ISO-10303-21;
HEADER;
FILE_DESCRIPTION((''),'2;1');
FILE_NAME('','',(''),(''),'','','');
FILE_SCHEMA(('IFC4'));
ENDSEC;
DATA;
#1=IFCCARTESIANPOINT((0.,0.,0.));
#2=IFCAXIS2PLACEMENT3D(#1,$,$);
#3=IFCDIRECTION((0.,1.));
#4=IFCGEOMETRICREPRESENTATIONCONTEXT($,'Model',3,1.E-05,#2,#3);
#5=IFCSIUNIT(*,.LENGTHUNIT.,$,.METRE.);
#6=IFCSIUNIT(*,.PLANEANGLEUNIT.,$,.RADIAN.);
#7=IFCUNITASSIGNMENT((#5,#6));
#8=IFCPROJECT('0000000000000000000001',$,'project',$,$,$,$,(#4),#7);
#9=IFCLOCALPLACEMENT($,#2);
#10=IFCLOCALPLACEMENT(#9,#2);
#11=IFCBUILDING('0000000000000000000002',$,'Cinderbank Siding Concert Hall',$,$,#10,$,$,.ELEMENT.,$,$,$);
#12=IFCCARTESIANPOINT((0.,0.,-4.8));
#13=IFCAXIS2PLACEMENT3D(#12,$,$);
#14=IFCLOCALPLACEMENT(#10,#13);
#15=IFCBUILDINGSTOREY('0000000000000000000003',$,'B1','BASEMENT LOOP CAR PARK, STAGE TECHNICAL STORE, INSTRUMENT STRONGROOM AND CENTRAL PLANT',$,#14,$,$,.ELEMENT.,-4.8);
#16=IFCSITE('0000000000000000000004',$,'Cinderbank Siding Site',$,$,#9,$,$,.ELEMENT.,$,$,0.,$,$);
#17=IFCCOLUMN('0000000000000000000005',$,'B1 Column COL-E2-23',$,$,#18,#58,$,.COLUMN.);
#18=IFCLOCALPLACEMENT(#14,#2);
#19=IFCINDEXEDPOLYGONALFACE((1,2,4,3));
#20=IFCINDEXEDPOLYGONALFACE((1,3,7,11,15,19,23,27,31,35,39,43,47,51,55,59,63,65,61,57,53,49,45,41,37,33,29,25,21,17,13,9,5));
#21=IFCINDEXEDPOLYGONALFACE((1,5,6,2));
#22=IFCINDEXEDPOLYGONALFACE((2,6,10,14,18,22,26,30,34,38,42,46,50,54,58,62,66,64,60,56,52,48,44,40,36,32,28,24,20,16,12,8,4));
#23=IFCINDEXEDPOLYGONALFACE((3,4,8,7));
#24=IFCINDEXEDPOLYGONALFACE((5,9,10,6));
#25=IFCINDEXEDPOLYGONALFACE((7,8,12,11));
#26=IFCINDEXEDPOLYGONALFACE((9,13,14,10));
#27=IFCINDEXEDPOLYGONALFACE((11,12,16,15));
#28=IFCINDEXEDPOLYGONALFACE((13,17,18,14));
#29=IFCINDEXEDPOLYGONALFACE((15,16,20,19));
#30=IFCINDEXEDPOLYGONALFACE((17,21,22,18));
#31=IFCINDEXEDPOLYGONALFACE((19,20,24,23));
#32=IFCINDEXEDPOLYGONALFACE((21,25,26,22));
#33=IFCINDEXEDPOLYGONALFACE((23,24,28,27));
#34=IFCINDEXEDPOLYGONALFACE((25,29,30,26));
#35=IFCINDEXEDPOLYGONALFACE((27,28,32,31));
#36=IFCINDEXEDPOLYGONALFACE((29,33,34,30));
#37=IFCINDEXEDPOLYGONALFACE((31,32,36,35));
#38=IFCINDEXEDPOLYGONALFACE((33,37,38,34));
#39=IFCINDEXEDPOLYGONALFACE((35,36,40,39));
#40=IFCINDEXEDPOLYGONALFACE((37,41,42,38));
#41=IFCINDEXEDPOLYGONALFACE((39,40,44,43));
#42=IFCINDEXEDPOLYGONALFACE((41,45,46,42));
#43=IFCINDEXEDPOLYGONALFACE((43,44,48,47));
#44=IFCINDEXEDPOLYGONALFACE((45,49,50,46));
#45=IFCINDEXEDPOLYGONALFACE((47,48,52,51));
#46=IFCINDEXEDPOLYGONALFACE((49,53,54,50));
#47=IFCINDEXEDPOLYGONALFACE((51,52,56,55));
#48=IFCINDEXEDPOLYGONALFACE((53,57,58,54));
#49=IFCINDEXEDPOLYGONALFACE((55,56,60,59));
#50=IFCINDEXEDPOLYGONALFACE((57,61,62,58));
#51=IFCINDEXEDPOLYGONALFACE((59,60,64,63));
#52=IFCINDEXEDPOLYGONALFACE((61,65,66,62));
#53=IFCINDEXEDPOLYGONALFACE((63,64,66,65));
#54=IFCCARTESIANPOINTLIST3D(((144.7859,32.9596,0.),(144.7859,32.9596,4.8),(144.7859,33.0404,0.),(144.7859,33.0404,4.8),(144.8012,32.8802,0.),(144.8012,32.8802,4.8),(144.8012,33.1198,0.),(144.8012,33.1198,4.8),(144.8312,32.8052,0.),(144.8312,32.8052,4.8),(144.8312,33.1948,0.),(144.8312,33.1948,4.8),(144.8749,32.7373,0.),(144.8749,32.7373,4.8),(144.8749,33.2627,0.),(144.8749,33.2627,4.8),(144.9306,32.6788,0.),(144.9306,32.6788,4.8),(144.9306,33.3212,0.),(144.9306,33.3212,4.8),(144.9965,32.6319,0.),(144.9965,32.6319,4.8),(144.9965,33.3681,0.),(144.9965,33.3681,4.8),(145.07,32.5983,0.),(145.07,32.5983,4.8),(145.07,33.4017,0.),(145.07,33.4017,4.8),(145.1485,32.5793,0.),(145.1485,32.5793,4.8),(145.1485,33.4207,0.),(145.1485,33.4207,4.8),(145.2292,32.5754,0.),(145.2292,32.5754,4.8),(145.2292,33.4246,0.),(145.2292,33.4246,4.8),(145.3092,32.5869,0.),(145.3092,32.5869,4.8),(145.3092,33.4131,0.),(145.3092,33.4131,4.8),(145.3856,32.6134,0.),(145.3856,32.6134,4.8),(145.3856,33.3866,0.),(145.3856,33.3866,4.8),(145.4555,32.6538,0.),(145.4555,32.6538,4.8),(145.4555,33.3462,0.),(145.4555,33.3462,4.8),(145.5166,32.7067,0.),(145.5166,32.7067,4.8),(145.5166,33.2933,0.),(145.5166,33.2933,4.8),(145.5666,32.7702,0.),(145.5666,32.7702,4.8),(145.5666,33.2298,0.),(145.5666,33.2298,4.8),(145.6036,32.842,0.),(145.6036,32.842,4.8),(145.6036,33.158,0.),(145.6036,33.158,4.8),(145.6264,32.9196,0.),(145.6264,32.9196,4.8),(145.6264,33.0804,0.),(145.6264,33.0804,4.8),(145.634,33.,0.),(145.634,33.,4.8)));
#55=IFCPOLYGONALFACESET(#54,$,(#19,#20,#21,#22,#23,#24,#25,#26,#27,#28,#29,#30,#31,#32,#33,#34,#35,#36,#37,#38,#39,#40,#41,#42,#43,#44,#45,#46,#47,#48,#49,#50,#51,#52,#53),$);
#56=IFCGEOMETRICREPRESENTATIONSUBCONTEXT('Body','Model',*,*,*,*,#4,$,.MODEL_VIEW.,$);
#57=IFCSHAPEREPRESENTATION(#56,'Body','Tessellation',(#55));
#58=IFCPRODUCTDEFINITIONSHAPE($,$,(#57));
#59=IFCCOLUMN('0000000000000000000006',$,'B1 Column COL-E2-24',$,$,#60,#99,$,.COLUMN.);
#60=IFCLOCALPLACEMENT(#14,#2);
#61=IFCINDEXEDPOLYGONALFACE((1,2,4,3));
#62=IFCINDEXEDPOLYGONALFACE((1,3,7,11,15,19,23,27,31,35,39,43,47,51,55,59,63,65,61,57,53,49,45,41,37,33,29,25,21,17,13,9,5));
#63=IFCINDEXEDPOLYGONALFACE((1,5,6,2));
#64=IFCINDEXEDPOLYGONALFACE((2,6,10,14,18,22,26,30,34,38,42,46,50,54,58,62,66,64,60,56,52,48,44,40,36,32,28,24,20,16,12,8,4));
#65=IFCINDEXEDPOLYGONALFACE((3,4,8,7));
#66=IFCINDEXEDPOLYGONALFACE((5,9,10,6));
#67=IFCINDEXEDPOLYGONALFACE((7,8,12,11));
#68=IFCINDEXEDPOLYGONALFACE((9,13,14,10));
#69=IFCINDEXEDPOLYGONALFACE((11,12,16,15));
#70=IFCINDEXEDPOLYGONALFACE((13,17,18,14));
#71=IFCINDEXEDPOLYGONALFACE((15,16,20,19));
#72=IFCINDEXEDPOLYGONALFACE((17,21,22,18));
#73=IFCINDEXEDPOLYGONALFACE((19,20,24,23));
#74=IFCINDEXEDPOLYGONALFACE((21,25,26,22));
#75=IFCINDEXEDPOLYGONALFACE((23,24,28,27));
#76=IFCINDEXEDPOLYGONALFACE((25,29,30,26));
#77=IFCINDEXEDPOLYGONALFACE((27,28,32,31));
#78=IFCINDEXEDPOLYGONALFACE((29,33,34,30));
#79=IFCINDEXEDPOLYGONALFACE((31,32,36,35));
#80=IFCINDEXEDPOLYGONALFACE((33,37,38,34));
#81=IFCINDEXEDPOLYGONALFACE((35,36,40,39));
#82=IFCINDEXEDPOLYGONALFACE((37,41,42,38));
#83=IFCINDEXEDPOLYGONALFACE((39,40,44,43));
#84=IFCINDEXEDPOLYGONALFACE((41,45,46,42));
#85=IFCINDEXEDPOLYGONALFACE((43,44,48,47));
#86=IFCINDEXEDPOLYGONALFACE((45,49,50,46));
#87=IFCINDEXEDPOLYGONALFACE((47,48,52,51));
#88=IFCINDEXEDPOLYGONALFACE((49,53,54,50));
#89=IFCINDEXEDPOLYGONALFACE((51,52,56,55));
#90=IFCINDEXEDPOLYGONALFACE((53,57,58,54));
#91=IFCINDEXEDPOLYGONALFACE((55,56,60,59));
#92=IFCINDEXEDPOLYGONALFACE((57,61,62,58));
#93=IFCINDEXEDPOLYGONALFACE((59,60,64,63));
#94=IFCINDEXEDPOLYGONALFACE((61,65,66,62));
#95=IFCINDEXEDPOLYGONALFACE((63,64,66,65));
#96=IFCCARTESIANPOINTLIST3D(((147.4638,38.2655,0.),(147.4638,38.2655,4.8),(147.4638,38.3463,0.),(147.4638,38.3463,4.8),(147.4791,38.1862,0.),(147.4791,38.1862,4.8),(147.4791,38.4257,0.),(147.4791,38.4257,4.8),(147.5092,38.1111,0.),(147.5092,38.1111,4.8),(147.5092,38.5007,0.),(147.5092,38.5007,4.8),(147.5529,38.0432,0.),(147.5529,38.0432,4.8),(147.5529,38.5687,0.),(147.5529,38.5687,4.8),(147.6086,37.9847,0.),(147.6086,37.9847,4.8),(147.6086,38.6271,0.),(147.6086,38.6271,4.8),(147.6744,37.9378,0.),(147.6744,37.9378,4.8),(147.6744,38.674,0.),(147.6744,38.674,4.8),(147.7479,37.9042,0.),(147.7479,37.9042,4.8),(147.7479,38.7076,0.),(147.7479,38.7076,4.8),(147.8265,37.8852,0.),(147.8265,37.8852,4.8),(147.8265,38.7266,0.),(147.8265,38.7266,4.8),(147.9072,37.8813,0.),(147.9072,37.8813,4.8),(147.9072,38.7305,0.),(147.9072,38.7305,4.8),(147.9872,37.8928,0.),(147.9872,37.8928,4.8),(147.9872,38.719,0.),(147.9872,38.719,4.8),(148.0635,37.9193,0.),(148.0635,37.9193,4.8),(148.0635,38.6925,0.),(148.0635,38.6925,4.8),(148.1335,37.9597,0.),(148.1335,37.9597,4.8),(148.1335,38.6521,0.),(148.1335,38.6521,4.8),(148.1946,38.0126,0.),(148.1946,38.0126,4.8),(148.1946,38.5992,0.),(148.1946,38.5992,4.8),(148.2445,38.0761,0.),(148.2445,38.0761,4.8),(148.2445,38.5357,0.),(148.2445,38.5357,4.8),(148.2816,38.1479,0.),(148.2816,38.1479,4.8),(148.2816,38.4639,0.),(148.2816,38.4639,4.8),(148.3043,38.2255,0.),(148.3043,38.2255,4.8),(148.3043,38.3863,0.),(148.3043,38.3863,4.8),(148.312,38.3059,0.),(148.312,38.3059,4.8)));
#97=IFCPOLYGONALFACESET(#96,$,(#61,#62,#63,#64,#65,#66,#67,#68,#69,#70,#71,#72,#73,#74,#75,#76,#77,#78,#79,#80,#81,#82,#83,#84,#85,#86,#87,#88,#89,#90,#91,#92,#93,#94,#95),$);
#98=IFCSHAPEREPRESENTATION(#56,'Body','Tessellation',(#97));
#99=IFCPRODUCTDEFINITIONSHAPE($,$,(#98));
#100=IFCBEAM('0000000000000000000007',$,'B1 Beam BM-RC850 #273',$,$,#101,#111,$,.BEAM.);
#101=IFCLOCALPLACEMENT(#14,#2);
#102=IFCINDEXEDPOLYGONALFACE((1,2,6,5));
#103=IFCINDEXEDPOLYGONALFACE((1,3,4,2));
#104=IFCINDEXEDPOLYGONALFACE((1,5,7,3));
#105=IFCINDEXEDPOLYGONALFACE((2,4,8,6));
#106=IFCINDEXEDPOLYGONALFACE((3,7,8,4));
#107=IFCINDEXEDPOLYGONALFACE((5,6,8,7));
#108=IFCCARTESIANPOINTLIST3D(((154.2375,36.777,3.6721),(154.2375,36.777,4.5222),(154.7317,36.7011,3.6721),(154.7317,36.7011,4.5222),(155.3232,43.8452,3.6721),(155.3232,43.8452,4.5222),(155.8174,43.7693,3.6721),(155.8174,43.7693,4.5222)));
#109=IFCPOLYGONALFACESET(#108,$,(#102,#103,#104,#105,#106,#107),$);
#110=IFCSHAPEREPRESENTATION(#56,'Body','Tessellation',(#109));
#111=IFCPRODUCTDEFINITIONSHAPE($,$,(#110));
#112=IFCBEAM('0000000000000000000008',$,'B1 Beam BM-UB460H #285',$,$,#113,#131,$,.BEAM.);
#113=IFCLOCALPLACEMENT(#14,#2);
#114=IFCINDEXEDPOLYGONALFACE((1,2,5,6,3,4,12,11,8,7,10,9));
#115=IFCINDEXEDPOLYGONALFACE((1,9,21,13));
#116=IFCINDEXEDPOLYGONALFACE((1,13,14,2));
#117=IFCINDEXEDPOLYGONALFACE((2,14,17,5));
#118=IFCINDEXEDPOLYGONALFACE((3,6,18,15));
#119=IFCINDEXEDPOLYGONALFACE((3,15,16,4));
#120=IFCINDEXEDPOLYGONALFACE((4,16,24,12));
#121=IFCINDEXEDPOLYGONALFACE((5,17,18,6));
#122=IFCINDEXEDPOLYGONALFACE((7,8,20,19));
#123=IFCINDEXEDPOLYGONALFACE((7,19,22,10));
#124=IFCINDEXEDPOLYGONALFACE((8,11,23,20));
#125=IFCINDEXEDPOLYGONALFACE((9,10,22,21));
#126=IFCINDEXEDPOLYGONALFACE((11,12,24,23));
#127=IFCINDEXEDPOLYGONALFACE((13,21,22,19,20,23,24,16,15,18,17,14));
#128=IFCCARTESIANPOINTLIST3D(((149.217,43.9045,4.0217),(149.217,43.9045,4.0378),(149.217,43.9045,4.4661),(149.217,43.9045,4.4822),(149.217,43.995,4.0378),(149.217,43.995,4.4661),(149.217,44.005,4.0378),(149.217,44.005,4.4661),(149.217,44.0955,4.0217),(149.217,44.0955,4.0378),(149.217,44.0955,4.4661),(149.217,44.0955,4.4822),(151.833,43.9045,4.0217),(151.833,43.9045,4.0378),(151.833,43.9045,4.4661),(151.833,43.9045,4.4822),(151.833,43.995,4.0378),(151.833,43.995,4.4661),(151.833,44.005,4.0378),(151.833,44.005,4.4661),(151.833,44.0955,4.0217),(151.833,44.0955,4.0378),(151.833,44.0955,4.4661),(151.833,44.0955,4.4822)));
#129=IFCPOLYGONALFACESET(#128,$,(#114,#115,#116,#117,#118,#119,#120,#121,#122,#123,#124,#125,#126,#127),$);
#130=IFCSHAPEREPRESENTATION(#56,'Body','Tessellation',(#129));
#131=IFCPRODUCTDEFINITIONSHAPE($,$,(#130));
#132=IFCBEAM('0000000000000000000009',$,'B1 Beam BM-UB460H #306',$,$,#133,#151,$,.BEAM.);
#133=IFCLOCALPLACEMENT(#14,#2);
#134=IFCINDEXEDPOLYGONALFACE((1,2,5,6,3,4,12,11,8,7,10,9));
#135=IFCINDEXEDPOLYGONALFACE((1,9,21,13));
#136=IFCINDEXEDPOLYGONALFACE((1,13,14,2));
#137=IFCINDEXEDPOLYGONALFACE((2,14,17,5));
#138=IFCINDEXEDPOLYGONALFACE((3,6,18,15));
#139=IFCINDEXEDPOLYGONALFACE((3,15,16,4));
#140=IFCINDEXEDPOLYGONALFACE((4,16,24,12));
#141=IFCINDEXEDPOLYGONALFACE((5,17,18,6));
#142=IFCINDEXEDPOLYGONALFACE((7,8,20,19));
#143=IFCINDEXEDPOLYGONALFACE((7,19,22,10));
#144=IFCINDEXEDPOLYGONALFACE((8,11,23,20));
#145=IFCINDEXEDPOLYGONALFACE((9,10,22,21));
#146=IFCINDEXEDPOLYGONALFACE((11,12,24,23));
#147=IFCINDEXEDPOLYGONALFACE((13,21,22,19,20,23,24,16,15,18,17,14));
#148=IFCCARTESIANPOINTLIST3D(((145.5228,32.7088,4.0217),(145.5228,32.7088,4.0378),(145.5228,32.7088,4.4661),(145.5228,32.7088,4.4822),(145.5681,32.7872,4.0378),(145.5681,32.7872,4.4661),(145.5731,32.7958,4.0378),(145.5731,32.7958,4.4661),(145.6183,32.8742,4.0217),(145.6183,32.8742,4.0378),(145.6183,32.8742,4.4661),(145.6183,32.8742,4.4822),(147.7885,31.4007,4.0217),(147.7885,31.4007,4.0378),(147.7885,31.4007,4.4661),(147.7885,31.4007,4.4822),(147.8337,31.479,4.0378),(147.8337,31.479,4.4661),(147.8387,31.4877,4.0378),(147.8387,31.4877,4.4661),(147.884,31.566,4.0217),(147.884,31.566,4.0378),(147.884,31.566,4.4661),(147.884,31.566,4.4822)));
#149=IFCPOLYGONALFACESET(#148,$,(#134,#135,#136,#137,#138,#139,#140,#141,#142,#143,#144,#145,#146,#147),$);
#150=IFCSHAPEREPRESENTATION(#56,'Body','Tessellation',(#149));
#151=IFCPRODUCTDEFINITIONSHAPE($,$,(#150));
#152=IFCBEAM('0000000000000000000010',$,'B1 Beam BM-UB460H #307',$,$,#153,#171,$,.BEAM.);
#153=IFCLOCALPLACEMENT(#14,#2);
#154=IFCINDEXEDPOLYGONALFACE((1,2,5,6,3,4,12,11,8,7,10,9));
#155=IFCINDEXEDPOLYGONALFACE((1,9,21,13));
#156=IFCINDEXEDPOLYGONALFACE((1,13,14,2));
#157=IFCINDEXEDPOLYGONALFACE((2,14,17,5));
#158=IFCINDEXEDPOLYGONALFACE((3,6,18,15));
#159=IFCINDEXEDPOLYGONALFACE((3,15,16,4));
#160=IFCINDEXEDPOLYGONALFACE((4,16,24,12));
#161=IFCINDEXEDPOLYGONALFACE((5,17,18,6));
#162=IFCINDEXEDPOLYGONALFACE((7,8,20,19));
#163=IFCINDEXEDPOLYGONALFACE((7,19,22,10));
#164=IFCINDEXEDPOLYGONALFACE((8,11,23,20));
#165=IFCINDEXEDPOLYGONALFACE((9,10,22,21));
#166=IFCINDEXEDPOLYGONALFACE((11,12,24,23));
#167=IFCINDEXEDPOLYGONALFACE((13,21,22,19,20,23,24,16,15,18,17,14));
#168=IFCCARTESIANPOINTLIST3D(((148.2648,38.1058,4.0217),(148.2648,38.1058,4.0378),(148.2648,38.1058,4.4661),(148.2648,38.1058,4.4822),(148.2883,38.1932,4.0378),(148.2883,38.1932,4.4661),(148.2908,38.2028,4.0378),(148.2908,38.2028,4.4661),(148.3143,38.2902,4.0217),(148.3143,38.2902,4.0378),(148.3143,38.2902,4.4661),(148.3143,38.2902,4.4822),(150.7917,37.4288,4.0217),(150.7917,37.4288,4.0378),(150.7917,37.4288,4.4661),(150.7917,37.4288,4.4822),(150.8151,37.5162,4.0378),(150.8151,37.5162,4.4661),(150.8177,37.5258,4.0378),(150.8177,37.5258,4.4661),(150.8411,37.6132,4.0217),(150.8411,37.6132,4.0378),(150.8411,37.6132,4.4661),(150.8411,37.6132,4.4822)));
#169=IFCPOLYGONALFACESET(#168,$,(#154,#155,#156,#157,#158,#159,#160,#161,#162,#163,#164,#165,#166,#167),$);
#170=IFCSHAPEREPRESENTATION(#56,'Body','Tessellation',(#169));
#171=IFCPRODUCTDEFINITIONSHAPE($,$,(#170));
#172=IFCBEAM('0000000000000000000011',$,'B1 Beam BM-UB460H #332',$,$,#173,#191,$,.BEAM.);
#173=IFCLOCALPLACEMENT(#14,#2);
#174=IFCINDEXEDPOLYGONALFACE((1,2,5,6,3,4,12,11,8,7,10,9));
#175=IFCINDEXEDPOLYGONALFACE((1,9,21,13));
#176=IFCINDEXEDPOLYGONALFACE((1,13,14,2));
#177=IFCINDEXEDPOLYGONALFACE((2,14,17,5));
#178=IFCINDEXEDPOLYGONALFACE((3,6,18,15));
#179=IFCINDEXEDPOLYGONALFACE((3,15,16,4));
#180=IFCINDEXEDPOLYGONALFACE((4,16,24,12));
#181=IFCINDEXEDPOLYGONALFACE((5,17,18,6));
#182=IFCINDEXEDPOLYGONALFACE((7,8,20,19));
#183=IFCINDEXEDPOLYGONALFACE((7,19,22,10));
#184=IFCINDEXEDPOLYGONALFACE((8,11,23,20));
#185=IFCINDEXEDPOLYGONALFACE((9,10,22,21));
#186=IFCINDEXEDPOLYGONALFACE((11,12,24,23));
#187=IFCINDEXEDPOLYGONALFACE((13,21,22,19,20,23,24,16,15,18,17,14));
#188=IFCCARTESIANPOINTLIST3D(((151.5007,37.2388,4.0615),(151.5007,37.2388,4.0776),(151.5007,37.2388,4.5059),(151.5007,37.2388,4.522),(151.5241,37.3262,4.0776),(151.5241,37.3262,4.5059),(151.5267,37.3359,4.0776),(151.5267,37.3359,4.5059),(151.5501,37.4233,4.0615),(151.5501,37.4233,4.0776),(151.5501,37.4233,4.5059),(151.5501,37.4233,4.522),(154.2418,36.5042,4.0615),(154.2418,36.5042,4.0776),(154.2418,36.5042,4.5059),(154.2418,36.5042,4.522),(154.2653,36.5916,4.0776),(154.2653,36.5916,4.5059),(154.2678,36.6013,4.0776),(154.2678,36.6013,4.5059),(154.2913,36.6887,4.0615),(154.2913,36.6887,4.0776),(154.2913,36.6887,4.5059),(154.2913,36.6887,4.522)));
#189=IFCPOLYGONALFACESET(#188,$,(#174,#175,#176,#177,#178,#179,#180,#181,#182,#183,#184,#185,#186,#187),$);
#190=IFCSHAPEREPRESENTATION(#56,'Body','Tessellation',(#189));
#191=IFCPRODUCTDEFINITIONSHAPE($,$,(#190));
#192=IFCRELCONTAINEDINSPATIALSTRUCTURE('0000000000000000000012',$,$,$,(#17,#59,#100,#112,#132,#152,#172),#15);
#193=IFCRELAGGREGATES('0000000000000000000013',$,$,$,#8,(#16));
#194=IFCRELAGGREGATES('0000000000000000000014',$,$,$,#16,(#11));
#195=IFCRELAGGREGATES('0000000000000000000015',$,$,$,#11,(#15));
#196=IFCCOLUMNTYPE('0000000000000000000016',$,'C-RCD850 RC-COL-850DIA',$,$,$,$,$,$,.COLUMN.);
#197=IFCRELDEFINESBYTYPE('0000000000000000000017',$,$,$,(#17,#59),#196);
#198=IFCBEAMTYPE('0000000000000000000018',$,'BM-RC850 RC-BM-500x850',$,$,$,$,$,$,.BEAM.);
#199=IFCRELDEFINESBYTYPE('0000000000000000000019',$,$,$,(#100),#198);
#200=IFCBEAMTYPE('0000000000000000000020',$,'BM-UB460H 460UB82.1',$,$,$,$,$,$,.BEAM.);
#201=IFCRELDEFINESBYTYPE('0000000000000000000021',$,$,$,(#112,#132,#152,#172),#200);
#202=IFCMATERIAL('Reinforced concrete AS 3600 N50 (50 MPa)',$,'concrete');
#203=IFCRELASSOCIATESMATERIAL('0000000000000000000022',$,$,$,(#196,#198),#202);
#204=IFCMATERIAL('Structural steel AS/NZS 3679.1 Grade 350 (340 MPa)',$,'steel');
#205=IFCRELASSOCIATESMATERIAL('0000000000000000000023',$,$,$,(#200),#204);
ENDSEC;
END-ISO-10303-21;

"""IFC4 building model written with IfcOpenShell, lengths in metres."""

from ifc_helpers import new_model, si_unit, direction, frame, origin, origin_2d, place, context, subcontext, project, spatial, rectangle, circle, i_section, extrude, material, material_profile, profile_set, type_object, element, save


model = new_model("IFC4")

# Units and contexts
model_context = context("Model", 3, precision=1e-05, world=origin(), true_north=direction((0.0, 1.0)))
body_context = subcontext(model_context, "Body", "Model", "MODEL_VIEW")
ifc_project = project(units=[si_unit("LENGTHUNIT", "METRE"), si_unit("PLANEANGLEUNIT", "RADIAN")], contexts=[model_context])

# Site, building, storey
site_placement = place(None, origin())
site = spatial("IfcSite", under=ifc_project, at=site_placement, Name="Cinderbank Siding Site", CompositionType="ELEMENT", RefElevation=0.0)
building_placement = place(site_placement, origin())
building = spatial("IfcBuilding", under=site, at=building_placement, Name="Cinderbank Siding Concert Hall", CompositionType="ELEMENT")
storey_placement = place(building_placement, frame((0.0, 0.0, -4.8)))
storey = spatial("IfcBuildingStorey", under=building, at=storey_placement, Name="B1", Description="BASEMENT LOOP CAR PARK, STAGE TECHNICAL STORE, INSTRUMENT STRONGROOM AND CENTRAL PLANT", CompositionType="ELEMENT", Elevation=-4.8)

# Columns
ifc_material_1 = material(Name="Reinforced concrete AS 3600 N50 (50 MPa)", Category="concrete")
ifc_material_profile_1 = material_profile(ifc_material_1, circle(Radius=0.425, at=origin_2d()), Name="RC-COL-850DIA", Category="LoadBearing")
ifc_profile_set_1 = profile_set([ifc_material_profile_1], Name="Reinforced concrete AS 3600 N50 (50 MPa)")
column_type_1 = type_object("IfcColumnType", Name="C-RCD850 RC-COL-850DIA", PredefinedType="COLUMN", material=ifc_profile_set_1)
for number, where, z_axis, x_axis, name in (
    (1, (145.209, 33.0, 0.0), (0.0, 0.0, 1.0), (1.0, 0.0, 0.0), "B1 Column COL-E2-23"),
    (2, (147.887, 38.3059, 0.0), (0.0, 0.0, 1.0), (1.0, 0.0, 0.0), "B1 Column COL-E2-24"),
):
    element("IfcColumn", number, at=place(storey_placement, frame(where, z_axis=z_axis, x_axis=x_axis)), inside=storey, type_object=column_type_1, Name=name, PredefinedType="COLUMN", context=body_context, shape_type="SweptSolid", body=[
        extrude(circle(Radius=0.425, at=origin_2d()), origin(), (0.0, 0.0, 1.0), 4.8),
    ])

# Beams
ifc_material_profile_2 = material_profile(ifc_material_1, rectangle(XDim=0.5, YDim=0.8501, at=origin_2d()), Name="RC-BM-500x850", Category="LoadBearing")
ifc_profile_set_2 = profile_set([ifc_material_profile_2], Name="Reinforced concrete AS 3600 N50 (50 MPa)")
beam_type_1 = type_object("IfcBeamType", Name="BM-RC850 RC-BM-500x850", PredefinedType="BEAM", material=ifc_profile_set_2)
beam_1_placement = place(storey_placement, frame((154.4846, 36.739, 4.0972), z_axis=(0.151824, 0.988408, 0.0), x_axis=(-0.988408, 0.151824, 0.0)))
element("IfcBeam", 3, at=beam_1_placement, inside=storey, type_object=beam_type_1, Name="B1 Beam BM-RC850 #273", PredefinedType="BEAM", context=body_context, shape_type="SweptSolid", body=[
    extrude(rectangle(XDim=0.5, YDim=0.8501, at=origin_2d()), origin(), (0.0, 0.0, 1.0), 7.1511),
])
ifc_material_2 = material(Name="Structural steel AS/NZS 3679.1 Grade 350 (340 MPa)", Category="steel")
ifc_material_profile_3 = material_profile(ifc_material_2, i_section(OverallWidth=0.1909, OverallDepth=0.4604, WebThickness=0.01, FlangeThickness=0.0161, at=origin_2d()), Name="460UB82.1", Category="LoadBearing")
ifc_profile_set_3 = profile_set([ifc_material_profile_3], Name="Structural steel AS/NZS 3679.1 Grade 350 (340 MPa)")
beam_type_2 = type_object("IfcBeamType", Name="BM-UB460H 460UB82.1", PredefinedType="BEAM", material=ifc_profile_set_3)
beam_2_placement = place(storey_placement, frame((149.217, 44.0, 4.252), z_axis=(1.0, 0.0, 0.0), x_axis=(0.0, 1.0, 0.0)))
element("IfcBeam", 4, at=beam_2_placement, inside=storey, type_object=beam_type_2, Name="B1 Beam BM-UB460H #285", PredefinedType="BEAM", context=body_context, shape_type="SweptSolid", body=[
    extrude(i_section(OverallWidth=0.1909, OverallDepth=0.4604, WebThickness=0.01, FlangeThickness=0.0161, at=origin_2d()), origin(), (0.0, 0.0, 1.0), 2.616),
])
beam_3_placement = place(storey_placement, frame((145.5706, 32.7915, 4.252), z_axis=(0.866018, -0.500013, 0.0), x_axis=(0.500013, 0.866018, 0.0)))
element("IfcBeam", 5, at=beam_3_placement, inside=storey, type_object=beam_type_2, Name="B1 Beam BM-UB460H #306", PredefinedType="BEAM", context=body_context, shape_type="SweptSolid", body=[
    extrude(i_section(OverallWidth=0.1909, OverallDepth=0.4604, WebThickness=0.01, FlangeThickness=0.0161, at=origin_2d()), origin(), (0.0, 0.0, 1.0), 2.6162),
])
beam_4_placement = place(storey_placement, frame((148.2896, 38.198, 4.252), z_axis=(0.965932, -0.258795, 0.0), x_axis=(0.258795, 0.965932, 0.0)))
element("IfcBeam", 6, at=beam_4_placement, inside=storey, type_object=beam_type_2, Name="B1 Beam BM-UB460H #307", PredefinedType="BEAM", context=body_context, shape_type="SweptSolid", body=[
    extrude(i_section(OverallWidth=0.1909, OverallDepth=0.4604, WebThickness=0.01, FlangeThickness=0.0161, at=origin_2d()), origin(), (0.0, 0.0, 1.0), 2.616),
])
beam_5_placement = place(storey_placement, frame((151.5254, 37.3311, 4.2917), z_axis=(0.965916, -0.258856, 0.0), x_axis=(0.258856, 0.965916, 0.0)))
element("IfcBeam", 7, at=beam_5_placement, inside=storey, type_object=beam_type_2, Name="B1 Beam BM-UB460H #332", PredefinedType="BEAM", context=body_context, shape_type="SweptSolid", body=[
    extrude(i_section(OverallWidth=0.1909, OverallDepth=0.4604, WebThickness=0.01, FlangeThickness=0.0161, at=origin_2d()), origin(), (0.0, 0.0, 1.0), 2.8379),
])

save(model, "model.ifc")
